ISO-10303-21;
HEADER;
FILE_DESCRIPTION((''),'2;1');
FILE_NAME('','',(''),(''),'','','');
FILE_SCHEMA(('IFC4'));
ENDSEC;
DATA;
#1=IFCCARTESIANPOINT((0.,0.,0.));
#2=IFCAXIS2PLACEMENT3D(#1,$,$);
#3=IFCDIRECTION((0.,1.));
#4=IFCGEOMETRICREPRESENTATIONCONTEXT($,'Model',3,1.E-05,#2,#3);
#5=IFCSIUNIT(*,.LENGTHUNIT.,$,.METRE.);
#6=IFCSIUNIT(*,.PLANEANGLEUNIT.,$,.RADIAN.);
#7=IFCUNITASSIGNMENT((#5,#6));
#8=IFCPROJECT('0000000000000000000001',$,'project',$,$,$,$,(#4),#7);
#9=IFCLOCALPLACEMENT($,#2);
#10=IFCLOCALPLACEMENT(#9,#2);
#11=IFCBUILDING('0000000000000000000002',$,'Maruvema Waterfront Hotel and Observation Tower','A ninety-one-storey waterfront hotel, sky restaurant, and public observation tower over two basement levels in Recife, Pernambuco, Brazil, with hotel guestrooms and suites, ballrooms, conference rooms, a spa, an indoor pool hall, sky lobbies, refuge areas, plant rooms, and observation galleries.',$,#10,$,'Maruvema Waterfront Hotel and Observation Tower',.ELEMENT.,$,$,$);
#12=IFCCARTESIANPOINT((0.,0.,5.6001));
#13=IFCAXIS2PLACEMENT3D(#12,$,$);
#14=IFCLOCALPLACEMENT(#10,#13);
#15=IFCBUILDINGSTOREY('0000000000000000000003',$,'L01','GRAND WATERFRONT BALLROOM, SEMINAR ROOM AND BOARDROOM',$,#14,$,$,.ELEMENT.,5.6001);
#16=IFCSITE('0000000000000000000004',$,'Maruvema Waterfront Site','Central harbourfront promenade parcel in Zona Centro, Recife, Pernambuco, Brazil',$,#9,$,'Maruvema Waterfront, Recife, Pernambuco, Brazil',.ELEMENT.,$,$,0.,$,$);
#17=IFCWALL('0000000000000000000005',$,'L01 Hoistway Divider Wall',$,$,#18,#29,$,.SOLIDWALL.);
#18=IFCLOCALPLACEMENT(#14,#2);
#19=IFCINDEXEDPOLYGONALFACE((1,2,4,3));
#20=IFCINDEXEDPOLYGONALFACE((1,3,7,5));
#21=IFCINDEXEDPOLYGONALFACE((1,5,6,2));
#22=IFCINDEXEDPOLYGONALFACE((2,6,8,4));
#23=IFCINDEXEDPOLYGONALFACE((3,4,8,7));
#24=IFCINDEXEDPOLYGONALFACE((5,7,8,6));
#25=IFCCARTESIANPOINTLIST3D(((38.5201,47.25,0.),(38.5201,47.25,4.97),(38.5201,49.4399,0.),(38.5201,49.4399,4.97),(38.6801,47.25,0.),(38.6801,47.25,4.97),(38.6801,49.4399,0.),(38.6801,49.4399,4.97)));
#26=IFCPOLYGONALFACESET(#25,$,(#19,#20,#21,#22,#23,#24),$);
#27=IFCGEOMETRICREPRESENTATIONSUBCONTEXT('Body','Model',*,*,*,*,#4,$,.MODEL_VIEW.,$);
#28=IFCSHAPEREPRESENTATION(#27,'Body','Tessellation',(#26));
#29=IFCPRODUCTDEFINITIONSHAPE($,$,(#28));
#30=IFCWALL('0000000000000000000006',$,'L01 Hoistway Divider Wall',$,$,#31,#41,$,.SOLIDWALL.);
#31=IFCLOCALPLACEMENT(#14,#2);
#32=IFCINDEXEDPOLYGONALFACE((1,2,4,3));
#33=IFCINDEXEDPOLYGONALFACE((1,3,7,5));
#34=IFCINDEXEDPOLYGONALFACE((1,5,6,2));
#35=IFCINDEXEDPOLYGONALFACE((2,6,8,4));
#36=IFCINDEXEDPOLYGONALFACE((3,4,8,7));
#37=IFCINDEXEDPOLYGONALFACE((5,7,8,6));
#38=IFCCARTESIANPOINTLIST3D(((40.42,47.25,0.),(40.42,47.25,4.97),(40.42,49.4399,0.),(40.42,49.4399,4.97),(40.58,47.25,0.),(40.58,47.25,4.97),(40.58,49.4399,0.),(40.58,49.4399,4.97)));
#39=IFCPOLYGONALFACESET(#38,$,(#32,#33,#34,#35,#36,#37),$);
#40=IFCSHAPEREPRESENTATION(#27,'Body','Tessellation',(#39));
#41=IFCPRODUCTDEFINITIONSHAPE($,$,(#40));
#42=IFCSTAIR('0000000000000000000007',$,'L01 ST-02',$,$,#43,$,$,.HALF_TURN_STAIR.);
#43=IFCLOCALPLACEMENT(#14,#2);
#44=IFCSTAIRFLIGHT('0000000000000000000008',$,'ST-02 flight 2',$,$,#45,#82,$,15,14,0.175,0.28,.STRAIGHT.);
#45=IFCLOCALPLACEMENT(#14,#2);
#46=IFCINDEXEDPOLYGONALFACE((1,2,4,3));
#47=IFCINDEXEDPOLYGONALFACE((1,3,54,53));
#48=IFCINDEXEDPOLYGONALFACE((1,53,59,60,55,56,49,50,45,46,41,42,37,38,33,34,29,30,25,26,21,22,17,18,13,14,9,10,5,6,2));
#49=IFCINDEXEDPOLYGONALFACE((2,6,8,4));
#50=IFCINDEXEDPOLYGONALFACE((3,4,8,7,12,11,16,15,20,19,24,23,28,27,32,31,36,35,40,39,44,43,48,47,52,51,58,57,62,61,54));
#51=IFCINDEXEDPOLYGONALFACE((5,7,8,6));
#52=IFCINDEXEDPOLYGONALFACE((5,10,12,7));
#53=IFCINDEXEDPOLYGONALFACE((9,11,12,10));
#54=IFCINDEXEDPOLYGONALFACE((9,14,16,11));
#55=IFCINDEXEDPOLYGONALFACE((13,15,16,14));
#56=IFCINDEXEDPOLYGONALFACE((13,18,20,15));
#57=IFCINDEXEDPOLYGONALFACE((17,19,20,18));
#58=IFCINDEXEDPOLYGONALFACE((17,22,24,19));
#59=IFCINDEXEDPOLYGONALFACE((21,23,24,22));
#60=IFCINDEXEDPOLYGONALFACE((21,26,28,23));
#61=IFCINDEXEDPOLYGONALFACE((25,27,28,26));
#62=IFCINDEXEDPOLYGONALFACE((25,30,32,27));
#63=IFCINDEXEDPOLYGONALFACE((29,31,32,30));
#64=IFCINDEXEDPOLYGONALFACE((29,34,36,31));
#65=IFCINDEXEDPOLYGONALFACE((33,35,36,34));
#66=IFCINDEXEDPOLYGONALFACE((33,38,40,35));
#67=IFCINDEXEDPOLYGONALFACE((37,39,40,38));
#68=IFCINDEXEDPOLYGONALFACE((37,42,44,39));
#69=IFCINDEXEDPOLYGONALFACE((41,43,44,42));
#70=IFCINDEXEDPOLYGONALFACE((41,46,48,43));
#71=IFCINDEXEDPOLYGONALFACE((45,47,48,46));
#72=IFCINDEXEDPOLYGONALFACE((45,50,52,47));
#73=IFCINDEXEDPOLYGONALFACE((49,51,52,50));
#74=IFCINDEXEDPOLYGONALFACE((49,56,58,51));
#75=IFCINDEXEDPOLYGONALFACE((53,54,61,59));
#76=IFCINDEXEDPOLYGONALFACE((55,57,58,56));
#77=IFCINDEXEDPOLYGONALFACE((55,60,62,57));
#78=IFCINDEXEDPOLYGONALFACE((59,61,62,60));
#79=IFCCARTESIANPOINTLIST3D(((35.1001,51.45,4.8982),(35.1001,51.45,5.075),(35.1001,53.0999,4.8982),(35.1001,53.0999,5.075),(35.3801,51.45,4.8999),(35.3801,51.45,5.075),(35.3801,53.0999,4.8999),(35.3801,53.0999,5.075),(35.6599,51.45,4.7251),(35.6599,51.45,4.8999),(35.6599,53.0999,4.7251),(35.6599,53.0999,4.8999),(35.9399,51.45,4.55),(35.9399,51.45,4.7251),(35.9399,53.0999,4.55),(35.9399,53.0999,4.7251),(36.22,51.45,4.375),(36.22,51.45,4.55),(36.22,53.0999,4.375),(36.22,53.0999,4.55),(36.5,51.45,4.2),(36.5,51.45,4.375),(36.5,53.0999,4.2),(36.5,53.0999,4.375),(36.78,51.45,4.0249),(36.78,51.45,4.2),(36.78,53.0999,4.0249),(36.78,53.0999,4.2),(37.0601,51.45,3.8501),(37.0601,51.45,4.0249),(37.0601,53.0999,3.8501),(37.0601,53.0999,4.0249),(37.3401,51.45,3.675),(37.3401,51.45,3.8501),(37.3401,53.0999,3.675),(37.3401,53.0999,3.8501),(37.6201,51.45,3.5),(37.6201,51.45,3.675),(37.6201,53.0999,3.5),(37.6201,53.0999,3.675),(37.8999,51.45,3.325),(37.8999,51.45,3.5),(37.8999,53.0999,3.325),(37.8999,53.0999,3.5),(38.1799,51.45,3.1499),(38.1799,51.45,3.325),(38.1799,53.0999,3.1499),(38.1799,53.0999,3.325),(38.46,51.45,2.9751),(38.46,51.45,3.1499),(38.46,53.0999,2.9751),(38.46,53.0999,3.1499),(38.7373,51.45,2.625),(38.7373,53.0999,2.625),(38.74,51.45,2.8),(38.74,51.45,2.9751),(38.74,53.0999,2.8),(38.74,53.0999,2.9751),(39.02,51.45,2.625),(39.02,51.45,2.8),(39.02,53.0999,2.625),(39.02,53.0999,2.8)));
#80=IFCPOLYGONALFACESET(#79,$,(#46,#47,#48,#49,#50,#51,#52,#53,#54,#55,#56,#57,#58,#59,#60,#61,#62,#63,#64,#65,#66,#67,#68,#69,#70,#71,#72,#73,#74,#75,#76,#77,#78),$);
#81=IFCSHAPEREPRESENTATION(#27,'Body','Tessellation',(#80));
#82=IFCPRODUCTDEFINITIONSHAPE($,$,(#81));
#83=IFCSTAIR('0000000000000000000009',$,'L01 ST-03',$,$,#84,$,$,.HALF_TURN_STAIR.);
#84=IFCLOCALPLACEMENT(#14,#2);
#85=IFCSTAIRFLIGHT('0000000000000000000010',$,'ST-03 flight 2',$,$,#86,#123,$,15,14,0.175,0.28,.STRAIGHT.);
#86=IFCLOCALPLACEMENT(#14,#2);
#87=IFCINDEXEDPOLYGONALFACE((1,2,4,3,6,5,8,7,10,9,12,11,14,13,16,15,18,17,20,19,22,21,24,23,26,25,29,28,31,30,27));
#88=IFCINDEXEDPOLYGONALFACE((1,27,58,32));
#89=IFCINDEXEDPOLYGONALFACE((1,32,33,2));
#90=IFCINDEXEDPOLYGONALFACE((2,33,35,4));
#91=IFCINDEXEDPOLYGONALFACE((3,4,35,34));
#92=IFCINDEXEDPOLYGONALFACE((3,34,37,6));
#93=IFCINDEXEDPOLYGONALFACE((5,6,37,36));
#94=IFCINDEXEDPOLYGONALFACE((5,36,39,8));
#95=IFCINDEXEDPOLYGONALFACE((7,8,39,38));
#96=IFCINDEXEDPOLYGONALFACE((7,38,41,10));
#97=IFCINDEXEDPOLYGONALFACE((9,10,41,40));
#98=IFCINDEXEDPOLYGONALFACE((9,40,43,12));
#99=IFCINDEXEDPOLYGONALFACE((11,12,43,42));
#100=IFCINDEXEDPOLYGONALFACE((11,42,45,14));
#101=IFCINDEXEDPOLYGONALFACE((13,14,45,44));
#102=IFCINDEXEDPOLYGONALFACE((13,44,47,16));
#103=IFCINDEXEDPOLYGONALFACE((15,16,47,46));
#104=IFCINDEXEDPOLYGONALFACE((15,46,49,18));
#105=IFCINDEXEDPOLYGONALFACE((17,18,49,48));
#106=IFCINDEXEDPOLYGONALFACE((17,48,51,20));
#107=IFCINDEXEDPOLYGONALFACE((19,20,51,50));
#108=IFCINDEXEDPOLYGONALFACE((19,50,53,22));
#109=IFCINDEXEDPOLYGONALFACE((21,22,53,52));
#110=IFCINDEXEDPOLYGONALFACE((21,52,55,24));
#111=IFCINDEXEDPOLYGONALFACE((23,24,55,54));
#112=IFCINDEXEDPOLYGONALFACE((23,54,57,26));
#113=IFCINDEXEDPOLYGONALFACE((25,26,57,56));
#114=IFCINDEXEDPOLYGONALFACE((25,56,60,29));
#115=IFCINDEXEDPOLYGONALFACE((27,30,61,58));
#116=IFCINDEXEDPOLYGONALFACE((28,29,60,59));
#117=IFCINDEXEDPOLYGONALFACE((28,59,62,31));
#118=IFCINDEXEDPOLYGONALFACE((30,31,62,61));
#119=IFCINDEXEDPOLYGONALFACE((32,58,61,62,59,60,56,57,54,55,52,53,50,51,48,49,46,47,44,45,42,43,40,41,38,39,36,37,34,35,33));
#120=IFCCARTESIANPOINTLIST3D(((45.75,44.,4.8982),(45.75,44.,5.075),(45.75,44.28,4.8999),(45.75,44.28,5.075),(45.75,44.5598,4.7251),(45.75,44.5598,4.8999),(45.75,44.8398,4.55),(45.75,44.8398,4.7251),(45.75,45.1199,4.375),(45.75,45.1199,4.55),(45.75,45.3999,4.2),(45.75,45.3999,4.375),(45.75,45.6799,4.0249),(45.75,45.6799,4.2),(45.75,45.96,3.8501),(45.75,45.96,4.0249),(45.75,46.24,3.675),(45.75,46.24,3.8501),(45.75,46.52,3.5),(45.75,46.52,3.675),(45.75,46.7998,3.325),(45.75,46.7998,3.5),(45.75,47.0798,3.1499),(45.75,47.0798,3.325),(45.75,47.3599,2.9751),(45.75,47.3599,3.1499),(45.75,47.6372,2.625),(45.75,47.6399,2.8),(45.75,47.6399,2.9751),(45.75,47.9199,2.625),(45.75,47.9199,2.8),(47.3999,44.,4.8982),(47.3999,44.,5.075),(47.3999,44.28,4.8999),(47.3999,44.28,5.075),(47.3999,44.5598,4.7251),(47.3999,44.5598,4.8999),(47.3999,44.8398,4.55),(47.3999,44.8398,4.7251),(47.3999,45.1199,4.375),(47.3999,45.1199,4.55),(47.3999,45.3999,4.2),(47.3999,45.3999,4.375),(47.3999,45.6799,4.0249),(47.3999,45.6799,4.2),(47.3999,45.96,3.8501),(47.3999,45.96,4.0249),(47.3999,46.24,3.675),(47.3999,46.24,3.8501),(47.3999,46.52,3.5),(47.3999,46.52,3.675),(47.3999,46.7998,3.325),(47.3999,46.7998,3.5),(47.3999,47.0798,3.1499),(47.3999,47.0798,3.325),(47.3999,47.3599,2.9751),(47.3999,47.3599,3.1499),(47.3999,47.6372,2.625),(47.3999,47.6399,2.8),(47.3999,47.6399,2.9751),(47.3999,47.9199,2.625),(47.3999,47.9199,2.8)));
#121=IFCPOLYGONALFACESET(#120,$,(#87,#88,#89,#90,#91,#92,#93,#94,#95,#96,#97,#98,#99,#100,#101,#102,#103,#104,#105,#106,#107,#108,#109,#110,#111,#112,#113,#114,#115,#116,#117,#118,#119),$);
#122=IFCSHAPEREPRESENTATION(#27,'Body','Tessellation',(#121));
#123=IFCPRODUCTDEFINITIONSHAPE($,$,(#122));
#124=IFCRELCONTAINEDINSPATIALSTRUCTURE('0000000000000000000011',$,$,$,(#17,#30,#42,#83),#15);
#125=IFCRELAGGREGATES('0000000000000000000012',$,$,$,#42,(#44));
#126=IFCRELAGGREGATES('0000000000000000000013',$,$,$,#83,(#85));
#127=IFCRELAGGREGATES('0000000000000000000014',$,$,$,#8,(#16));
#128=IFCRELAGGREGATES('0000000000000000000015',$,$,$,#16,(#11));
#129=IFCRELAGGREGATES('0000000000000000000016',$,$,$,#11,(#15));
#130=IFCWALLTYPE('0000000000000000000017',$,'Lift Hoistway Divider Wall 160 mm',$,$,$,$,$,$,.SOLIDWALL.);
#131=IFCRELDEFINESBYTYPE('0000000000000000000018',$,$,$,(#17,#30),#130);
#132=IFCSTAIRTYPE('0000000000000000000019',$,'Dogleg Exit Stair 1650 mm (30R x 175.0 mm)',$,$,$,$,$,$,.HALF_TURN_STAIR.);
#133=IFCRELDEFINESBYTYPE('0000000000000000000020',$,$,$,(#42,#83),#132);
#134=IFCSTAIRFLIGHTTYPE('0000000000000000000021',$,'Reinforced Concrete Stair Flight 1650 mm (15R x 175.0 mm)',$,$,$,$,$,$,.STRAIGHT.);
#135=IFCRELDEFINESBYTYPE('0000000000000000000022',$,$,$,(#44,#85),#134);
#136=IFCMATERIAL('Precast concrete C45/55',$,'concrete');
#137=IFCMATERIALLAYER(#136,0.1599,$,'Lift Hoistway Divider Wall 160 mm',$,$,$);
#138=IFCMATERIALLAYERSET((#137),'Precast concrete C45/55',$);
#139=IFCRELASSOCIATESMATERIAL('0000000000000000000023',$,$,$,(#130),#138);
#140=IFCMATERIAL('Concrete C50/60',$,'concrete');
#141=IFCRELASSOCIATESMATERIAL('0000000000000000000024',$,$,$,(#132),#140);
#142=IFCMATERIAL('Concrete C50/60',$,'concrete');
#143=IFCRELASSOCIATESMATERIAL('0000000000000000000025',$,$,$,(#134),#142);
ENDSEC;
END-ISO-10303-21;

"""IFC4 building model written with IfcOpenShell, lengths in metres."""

from ifc_helpers import new_model, si_unit, direction, frame, frame_2d, origin, place, context, subcontext, project, spatial, polyline, rectangle, outline, extrude, material, layer, layer_set, type_object, element, aggregate, save


model = new_model("IFC4")

# Units and contexts
model_context = context("Model", 3, precision=1e-05, world=origin(), true_north=direction((0.0, 1.0)))
body_context = subcontext(model_context, "Body", "Model", "MODEL_VIEW")
ifc_project = project(units=[si_unit("LENGTHUNIT", "METRE"), si_unit("PLANEANGLEUNIT", "RADIAN")], contexts=[model_context])

# Site, building, storey
site_placement = place(None, origin())
site = spatial("IfcSite", under=ifc_project, at=site_placement, Name="Maruvema Waterfront Site", Description="Central harbourfront promenade parcel in Zona Centro, Recife, Pernambuco, Brazil", LongName="Maruvema Waterfront, Recife, Pernambuco, Brazil", CompositionType="ELEMENT", RefElevation=0.0)
building_placement = place(site_placement, origin())
building = spatial("IfcBuilding", under=site, at=building_placement, Name="Maruvema Waterfront Hotel and Observation Tower", Description="A ninety-one-storey waterfront hotel, sky restaurant, and public observation tower over two basement levels in Recife, Pernambuco, Brazil, with hotel guestrooms and suites, ballrooms, conference rooms, a spa, an indoor pool hall, sky lobbies, refuge areas, plant rooms, and observation galleries.", LongName="Maruvema Waterfront Hotel and Observation Tower", CompositionType="ELEMENT")
storey_placement = place(building_placement, frame((0.0, 0.0, 5.6001)))
storey = spatial("IfcBuildingStorey", under=building, at=storey_placement, Name="L01", Description="GRAND WATERFRONT BALLROOM, SEMINAR ROOM AND BOARDROOM", CompositionType="ELEMENT", Elevation=5.6001)

# Walls
ifc_material_1 = material(Name="Precast concrete C45/55", Category="concrete")
ifc_layer_1 = layer(ifc_material_1, 0.1599, Name="Lift Hoistway Divider Wall 160 mm")
ifc_layer_set_1 = layer_set([ifc_layer_1], Name="Precast concrete C45/55")
wall_type_1 = type_object("IfcWallType", Name="Lift Hoistway Divider Wall 160 mm", PredefinedType="SOLIDWALL", material=ifc_layer_set_1)
for number, where, z_axis, x_axis, name in (
    (1, (38.6001, 47.25, 0.0), (0.0, 0.0, 1.0), (0.0, 1.0, 0.0), "L01 Hoistway Divider Wall"),
    (2, (40.5, 47.25, 0.0), (0.0, 0.0, 1.0), (0.0, 1.0, 0.0), "L01 Hoistway Divider Wall"),
):
    element("IfcWall", number, at=place(storey_placement, frame(where, z_axis=z_axis, x_axis=x_axis)), inside=storey, type_object=wall_type_1, Name=name, PredefinedType="SOLIDWALL", context=body_context, shape_type="SweptSolid", body=[
        extrude(rectangle(XDim=2.1899, YDim=0.1599, at=frame_2d((1.095, 0.0))), origin(), (0.0, 0.0, 1.0), 4.97),
    ])

# Stairs, stair flights
ifc_material_2 = material(Name="Concrete C50/60", Category="concrete")
stair_type = type_object("IfcStairType", Name="Dogleg Exit Stair 1650 mm (30R x 175.0 mm)", PredefinedType="HALF_TURN_STAIR", material=ifc_material_2)
stair_1_placement = place(storey_placement, origin())
stair_1 = element("IfcStair", 3, at=stair_1_placement, inside=storey, type_object=stair_type, Name="L01 ST-02", PredefinedType="HALF_TURN_STAIR")
ifc_material_3 = material(Name="Concrete C50/60", Category="concrete")
stair_flight_type = type_object("IfcStairFlightType", Name="Reinforced Concrete Stair Flight 1650 mm (15R x 175.0 mm)", PredefinedType="STRAIGHT", material=ifc_material_3)
stair_flight_1_placement = place(storey_placement, frame((39.02, 52.2749, 2.625), z_axis=(0.0, 0.0, 1.0), x_axis=(-1.0, 0.0, 0.0)))
stair_flight_1 = element("IfcStairFlight", 4, at=stair_flight_1_placement, type_object=stair_flight_type, Name="ST-02 flight 2", NumberOfRisers=15, NumberOfTreads=14, PredefinedType="STRAIGHT", RiserHeight=0.175, TreadLength=0.28, context=body_context, shape_type="SweptSolid", body=[
    extrude(outline(polyline([(0.0, 0.0), (0.0, 0.175), (0.28, 0.175), (0.28, 0.3501), (0.5601, 0.3501), (0.5601, 0.5249), (0.8401, 0.5249), (0.8401, 0.7), (1.1201, 0.7), (1.1201, 0.875), (1.3999, 0.875), (1.3999, 1.05), (1.6799, 1.05), (1.6799, 1.2251), (1.96, 1.2251), (1.96, 1.3999), (2.24, 1.3999), (2.24, 1.575), (2.52, 1.575), (2.52, 1.75), (2.8, 1.75), (2.8, 1.925), (3.0801, 1.925), (3.0801, 2.1001), (3.3601, 2.1001), (3.3601, 2.2749), (3.6399, 2.2749), (3.6399, 2.45), (3.9199, 2.45), (3.9199, 2.625), (3.9199, 2.2732), (0.2827, 0.0), (0.0, 0.0)])), frame((0.0, 0.825, 0.0), z_axis=(0.0, -1.0, 0.0), x_axis=(1.0, 0.0, 0.0)), (0.0, 0.0, 1.0), 1.6499),
])
aggregate(stair_1, [stair_flight_1])
stair_2_placement = place(storey_placement, origin())
stair_2 = element("IfcStair", 5, at=stair_2_placement, inside=storey, type_object=stair_type, Name="L01 ST-03", PredefinedType="HALF_TURN_STAIR")
stair_flight_2_placement = place(storey_placement, frame((46.575, 47.9199, 2.625), z_axis=(0.0, 0.0, 1.0), x_axis=(0.0, -1.0, 0.0)))
stair_flight_2 = element("IfcStairFlight", 6, at=stair_flight_2_placement, type_object=stair_flight_type, Name="ST-03 flight 2", NumberOfRisers=15, NumberOfTreads=14, PredefinedType="STRAIGHT", RiserHeight=0.175, TreadLength=0.28, context=body_context, shape_type="SweptSolid", body=[
    extrude(outline(polyline([(0.0, 0.0), (0.0, 0.175), (0.28, 0.175), (0.28, 0.3501), (0.5601, 0.3501), (0.5601, 0.5249), (0.8401, 0.5249), (0.8401, 0.7), (1.1201, 0.7), (1.1201, 0.875), (1.3999, 0.875), (1.3999, 1.05), (1.6799, 1.05), (1.6799, 1.2251), (1.96, 1.2251), (1.96, 1.3999), (2.24, 1.3999), (2.24, 1.575), (2.52, 1.575), (2.52, 1.75), (2.8, 1.75), (2.8, 1.925), (3.0801, 1.925), (3.0801, 2.1001), (3.3601, 2.1001), (3.3601, 2.2749), (3.6399, 2.2749), (3.6399, 2.45), (3.9199, 2.45), (3.9199, 2.625), (3.9199, 2.2732), (0.2827, 0.0), (0.0, 0.0)])), frame((0.0, 0.825, 0.0), z_axis=(0.0, -1.0, 0.0), x_axis=(1.0, 0.0, 0.0)), (0.0, 0.0, 1.0), 1.6499),
])
aggregate(stair_2, [stair_flight_2])

save(model, "model.ifc")
